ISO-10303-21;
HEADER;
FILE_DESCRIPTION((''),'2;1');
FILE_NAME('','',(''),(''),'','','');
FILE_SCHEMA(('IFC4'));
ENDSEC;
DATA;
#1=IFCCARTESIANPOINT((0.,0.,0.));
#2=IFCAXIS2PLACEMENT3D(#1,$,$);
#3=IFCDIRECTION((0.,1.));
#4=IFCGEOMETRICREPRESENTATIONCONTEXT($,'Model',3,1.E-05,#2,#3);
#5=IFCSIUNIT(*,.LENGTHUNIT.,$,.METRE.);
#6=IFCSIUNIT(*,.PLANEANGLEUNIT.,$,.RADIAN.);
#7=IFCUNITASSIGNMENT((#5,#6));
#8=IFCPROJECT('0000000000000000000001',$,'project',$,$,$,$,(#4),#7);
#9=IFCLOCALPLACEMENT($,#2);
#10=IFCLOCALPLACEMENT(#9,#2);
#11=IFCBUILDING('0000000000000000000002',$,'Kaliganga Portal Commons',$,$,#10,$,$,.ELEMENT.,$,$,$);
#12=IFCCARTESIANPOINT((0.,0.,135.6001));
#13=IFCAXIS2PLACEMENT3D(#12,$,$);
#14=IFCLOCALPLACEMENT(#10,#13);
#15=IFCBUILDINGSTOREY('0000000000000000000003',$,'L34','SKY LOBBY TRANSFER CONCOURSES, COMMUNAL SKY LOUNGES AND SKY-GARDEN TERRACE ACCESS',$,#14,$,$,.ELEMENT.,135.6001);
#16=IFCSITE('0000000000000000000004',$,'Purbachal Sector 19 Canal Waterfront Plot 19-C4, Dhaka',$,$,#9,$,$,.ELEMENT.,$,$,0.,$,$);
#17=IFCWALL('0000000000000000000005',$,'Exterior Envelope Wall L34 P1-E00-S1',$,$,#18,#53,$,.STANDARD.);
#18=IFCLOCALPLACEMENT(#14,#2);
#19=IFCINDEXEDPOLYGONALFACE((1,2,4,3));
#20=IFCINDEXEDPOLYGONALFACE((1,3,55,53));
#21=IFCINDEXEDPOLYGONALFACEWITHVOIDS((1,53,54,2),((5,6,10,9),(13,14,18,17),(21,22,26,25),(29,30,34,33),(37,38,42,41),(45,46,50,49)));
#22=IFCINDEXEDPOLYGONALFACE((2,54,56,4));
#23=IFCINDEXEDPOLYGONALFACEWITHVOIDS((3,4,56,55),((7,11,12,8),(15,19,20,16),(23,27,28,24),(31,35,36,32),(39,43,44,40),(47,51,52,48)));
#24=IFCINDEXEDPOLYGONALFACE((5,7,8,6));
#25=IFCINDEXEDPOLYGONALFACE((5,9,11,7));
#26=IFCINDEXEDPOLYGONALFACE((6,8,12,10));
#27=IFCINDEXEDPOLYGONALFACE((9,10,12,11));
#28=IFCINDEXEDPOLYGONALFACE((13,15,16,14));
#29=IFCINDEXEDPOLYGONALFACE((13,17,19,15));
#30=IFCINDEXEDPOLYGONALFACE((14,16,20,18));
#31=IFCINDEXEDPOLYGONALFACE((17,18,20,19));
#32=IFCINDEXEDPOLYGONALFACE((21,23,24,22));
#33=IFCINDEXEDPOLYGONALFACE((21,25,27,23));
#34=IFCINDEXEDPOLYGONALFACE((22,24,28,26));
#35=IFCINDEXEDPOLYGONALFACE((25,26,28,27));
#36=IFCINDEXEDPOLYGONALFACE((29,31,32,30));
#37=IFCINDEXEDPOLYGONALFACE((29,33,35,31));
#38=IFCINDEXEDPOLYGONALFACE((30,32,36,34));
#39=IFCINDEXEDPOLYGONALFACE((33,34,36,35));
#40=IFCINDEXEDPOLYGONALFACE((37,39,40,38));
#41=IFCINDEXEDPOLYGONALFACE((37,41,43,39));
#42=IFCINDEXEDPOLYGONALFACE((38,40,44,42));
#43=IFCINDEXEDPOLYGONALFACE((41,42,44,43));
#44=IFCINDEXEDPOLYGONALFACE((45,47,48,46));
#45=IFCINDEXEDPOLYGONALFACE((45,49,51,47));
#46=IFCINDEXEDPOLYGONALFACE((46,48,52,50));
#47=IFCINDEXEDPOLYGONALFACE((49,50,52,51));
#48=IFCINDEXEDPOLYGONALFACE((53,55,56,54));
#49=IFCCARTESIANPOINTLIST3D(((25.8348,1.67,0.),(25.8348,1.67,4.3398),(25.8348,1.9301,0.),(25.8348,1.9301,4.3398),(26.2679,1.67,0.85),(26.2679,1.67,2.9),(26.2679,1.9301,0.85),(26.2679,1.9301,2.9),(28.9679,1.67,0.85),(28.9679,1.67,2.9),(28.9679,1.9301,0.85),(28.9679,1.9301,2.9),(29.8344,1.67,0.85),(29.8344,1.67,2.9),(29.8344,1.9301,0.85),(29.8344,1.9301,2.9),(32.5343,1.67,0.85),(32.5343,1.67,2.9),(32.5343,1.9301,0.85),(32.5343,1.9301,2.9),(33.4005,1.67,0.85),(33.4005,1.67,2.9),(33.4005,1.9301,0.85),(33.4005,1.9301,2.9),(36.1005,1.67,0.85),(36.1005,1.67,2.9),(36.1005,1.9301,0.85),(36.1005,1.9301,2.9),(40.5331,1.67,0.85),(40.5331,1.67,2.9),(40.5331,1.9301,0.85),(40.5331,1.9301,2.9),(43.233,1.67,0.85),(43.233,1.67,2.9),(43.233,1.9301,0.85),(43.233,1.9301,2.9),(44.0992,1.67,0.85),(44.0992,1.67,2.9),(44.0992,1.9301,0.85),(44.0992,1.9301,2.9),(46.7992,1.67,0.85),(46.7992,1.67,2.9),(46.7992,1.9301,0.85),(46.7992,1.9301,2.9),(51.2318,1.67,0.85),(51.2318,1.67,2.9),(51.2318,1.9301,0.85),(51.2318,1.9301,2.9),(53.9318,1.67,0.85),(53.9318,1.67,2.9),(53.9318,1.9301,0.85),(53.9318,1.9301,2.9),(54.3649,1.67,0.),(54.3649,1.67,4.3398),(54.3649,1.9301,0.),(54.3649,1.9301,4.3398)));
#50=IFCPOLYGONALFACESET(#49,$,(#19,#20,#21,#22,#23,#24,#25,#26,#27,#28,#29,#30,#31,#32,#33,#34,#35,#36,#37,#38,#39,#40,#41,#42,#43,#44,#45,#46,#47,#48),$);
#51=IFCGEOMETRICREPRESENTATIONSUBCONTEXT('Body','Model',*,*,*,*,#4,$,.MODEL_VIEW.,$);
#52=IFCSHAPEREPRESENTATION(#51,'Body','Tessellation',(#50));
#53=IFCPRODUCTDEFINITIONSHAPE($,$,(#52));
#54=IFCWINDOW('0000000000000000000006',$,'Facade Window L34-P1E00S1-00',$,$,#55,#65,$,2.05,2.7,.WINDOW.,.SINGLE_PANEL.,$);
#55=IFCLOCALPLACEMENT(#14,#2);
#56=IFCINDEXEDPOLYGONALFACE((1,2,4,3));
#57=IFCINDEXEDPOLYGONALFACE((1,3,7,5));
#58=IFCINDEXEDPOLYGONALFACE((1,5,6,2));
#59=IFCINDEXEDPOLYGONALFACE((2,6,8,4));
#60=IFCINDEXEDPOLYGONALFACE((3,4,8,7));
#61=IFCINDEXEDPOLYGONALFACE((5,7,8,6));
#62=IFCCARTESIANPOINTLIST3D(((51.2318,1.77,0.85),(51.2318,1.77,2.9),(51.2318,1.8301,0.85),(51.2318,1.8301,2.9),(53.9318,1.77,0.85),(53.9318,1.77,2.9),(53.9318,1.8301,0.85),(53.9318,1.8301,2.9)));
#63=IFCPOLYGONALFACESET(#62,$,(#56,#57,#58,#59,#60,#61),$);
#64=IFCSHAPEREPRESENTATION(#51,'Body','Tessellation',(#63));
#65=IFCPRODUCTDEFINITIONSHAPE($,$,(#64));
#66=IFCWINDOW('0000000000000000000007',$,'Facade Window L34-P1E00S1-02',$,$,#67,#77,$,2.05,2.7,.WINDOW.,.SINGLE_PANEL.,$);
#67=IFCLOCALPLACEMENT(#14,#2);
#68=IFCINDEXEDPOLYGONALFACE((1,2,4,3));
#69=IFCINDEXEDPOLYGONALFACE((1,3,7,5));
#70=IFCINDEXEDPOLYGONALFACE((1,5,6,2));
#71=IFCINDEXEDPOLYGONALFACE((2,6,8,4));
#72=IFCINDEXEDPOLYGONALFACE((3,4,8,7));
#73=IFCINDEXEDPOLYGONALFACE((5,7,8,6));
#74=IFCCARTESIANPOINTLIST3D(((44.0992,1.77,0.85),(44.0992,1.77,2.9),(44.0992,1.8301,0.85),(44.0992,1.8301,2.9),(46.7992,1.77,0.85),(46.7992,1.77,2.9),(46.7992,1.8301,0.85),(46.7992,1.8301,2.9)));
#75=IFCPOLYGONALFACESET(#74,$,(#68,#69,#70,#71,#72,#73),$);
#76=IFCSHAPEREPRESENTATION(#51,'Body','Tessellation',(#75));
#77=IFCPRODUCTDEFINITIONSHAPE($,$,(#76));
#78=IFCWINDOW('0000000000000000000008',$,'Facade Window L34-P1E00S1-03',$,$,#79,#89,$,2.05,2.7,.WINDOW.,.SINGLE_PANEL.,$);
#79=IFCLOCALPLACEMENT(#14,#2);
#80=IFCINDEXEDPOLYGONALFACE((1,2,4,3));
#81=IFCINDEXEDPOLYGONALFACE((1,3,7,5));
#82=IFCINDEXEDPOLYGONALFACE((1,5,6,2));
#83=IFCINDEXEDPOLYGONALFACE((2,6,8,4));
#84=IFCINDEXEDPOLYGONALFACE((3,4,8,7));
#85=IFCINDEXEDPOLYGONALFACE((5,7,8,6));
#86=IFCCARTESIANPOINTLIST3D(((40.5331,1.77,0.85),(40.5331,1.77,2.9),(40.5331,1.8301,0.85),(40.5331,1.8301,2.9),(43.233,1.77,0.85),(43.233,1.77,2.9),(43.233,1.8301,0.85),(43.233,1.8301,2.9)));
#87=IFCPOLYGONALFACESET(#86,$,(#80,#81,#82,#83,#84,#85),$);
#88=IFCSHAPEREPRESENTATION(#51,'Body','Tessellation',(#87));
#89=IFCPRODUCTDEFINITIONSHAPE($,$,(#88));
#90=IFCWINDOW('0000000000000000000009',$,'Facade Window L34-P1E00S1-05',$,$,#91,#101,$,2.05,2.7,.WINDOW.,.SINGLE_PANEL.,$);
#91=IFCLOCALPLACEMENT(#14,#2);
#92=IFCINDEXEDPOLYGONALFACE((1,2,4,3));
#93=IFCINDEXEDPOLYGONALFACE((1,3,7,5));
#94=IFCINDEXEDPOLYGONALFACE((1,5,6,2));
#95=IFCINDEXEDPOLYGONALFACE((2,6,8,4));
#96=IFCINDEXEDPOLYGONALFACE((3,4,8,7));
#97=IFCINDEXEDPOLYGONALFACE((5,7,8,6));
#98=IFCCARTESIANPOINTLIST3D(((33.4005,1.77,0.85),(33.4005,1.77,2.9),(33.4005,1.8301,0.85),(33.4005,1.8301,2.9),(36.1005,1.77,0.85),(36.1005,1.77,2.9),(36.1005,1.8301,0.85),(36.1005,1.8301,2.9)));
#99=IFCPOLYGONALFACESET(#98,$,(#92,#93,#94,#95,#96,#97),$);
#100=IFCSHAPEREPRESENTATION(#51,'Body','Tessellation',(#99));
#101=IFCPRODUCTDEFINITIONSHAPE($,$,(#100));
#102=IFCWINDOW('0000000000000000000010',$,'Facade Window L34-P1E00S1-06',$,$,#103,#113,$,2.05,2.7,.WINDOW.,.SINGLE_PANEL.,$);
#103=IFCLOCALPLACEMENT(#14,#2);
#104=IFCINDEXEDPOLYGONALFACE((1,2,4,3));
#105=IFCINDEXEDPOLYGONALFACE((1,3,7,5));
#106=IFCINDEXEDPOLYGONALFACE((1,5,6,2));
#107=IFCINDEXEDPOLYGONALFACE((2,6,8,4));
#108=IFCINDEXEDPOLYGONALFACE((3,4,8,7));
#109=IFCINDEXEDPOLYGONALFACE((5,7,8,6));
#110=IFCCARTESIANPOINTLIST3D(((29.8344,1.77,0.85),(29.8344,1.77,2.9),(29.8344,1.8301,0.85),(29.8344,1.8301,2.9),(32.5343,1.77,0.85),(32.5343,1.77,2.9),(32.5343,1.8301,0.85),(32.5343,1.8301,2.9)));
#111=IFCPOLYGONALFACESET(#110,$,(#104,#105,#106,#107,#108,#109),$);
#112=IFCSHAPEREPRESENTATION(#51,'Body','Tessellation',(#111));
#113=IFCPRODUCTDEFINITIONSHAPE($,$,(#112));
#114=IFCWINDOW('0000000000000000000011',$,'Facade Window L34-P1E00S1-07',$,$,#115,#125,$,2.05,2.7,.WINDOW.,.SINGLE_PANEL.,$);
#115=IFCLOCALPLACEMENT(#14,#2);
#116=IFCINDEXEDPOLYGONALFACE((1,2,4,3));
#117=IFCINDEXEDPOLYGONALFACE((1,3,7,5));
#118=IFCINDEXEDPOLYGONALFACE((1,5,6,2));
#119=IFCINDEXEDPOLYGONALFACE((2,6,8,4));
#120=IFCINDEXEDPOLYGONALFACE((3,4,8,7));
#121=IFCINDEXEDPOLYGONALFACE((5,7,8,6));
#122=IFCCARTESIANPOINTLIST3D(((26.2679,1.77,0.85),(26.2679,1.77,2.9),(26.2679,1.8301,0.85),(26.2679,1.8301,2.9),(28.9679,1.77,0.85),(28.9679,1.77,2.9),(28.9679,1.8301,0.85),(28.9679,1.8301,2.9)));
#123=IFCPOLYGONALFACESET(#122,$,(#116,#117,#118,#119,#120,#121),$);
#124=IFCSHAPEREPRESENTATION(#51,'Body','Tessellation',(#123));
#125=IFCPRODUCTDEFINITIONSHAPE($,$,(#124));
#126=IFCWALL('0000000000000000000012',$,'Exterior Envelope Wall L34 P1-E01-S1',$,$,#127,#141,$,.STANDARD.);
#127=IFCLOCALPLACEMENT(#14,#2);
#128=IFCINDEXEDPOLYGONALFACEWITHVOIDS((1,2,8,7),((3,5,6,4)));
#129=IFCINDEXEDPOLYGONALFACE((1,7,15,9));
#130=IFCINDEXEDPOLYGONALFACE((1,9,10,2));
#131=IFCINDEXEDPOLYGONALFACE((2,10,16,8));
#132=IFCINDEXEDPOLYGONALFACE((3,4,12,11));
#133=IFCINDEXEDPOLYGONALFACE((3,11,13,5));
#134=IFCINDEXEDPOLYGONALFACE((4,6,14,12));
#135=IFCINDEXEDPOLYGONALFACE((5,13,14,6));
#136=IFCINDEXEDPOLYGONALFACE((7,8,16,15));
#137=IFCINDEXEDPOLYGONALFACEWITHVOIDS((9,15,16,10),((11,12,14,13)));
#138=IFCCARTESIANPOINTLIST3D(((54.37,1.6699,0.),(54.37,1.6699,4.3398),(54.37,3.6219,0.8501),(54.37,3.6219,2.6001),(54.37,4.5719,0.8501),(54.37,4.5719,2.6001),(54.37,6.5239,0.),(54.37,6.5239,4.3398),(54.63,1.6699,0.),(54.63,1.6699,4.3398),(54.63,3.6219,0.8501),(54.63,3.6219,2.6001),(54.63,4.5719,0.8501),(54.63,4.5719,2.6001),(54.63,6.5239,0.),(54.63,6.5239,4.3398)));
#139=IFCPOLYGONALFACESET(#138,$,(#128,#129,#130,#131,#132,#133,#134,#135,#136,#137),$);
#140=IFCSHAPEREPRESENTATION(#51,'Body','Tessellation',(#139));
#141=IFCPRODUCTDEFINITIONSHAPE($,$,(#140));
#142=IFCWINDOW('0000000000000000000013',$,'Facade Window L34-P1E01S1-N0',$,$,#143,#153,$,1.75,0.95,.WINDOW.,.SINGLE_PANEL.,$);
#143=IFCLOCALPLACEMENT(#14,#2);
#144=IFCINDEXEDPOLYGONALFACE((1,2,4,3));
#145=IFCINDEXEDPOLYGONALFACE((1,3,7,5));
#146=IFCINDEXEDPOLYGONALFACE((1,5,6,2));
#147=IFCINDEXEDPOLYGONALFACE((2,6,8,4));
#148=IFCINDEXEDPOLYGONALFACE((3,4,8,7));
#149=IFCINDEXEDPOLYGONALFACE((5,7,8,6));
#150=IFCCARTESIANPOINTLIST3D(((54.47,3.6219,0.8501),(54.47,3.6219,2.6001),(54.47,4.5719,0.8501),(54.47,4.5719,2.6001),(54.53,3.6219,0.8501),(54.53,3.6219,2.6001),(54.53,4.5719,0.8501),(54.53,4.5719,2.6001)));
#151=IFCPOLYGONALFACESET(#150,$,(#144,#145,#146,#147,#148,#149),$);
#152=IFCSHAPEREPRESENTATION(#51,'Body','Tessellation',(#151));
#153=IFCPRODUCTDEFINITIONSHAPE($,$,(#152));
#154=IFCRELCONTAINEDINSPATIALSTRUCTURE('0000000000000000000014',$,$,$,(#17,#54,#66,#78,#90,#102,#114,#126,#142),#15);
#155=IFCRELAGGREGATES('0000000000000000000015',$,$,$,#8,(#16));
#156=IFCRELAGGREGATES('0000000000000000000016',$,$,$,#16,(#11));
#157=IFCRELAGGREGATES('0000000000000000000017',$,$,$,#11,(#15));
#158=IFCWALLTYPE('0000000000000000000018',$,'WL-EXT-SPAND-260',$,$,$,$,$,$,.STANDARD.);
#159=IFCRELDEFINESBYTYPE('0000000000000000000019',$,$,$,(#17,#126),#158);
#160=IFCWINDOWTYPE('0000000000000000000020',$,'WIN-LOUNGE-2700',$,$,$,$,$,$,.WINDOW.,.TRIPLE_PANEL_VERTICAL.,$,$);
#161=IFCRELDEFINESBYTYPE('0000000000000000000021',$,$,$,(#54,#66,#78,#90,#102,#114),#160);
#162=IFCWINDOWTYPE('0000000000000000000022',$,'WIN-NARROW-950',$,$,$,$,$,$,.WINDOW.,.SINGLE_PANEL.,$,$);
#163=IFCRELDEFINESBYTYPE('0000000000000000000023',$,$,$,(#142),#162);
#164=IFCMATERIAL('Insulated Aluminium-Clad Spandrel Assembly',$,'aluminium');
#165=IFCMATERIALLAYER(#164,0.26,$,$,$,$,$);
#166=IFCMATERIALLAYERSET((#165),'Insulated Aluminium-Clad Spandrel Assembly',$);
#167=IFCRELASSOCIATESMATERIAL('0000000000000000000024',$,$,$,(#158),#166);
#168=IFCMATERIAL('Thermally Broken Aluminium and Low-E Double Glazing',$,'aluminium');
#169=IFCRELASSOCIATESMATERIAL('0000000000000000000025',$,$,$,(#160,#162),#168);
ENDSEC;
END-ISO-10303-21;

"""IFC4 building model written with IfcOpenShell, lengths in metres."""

from ifc_helpers import new_model, si_unit, direction, frame, frame_2d, origin, place, context, subcontext, project, spatial, rectangle, extrude, material, layer, layer_set, type_object, element, fill, save


model = new_model("IFC4")

# Units and contexts
model_context = context("Model", 3, precision=1e-05, world=origin(), true_north=direction((0.0, 1.0)))
body_context = subcontext(model_context, "Body", "Model", "MODEL_VIEW")
ifc_project = project(units=[si_unit("LENGTHUNIT", "METRE"), si_unit("PLANEANGLEUNIT", "RADIAN")], contexts=[model_context])

# Site, building, storey
site_placement = place(None, origin())
site = spatial("IfcSite", under=ifc_project, at=site_placement, Name="Purbachal Sector 19 Canal Waterfront Plot 19-C4, Dhaka", CompositionType="ELEMENT", RefElevation=0.0)
building_placement = place(site_placement, origin())
building = spatial("IfcBuilding", under=site, at=building_placement, Name="Kaliganga Portal Commons", CompositionType="ELEMENT")
storey_placement = place(building_placement, frame((0.0, 0.0, 135.6001)))
storey = spatial("IfcBuildingStorey", under=building, at=storey_placement, Name="L34", Description="SKY LOBBY TRANSFER CONCOURSES, COMMUNAL SKY LOUNGES AND SKY-GARDEN TERRACE ACCESS", CompositionType="ELEMENT", Elevation=135.6001)

# Wall, openings, windows
ifc_material_1 = material(Name="Insulated Aluminium-Clad Spandrel Assembly", Category="aluminium")
ifc_layer_1 = layer(ifc_material_1, 0.26)
ifc_layer_set_1 = layer_set([ifc_layer_1], Name="Insulated Aluminium-Clad Spandrel Assembly")
wall_type_1 = type_object("IfcWallType", Name="WL-EXT-SPAND-260", PredefinedType="STANDARD", material=ifc_layer_set_1)
wall_1_placement = place(storey_placement, frame((54.365, 1.8, 0.0), z_axis=(0.0, 0.0, 1.0), x_axis=(-1.0, 0.0, 0.0)))
wall_1 = element("IfcWall", 1, at=wall_1_placement, inside=storey, type_object=wall_type_1, Name="Exterior Envelope Wall L34 P1-E00-S1", PredefinedType="STANDARD", context=body_context, shape_type="SweptSolid", body=[
    extrude(rectangle(XDim=28.53, YDim=0.26, at=frame_2d((14.2651, 0.0))), origin(), (0.0, 0.0, 1.0), 4.3398),
])
opening_1_placement = place(wall_1_placement, frame((0.4331, 0.0, 0.8501)))
opening_1 = element("IfcOpeningElement", 2, at=opening_1_placement, cuts=wall_1, PredefinedType="OPENING", context=body_context, shape_type="SweptSolid", body=[
    extrude(rectangle(XDim=2.7, YDim=2.05, at=frame_2d((1.3501, 1.0249))), frame((0.0, 0.1401, 0.0), z_axis=(0.0, -1.0, 0.0), x_axis=(1.0, 0.0, 0.0)), (0.0, 0.0, 1.0), 0.28),
])
opening_2_placement = place(wall_1_placement, frame((7.5657, 0.0, 0.8501)))
opening_2 = element("IfcOpeningElement", 3, at=opening_2_placement, cuts=wall_1, PredefinedType="OPENING", context=body_context, shape_type="SweptSolid", body=[
    extrude(rectangle(XDim=2.7, YDim=2.05, at=frame_2d((1.3501, 1.0249))), frame((0.0, 0.1401, 0.0), z_axis=(0.0, -1.0, 0.0), x_axis=(1.0, 0.0, 0.0)), (0.0, 0.0, 1.0), 0.28),
])
opening_3_placement = place(wall_1_placement, frame((11.1318, 0.0, 0.8501)))
opening_3 = element("IfcOpeningElement", 4, at=opening_3_placement, cuts=wall_1, PredefinedType="OPENING", context=body_context, shape_type="SweptSolid", body=[
    extrude(rectangle(XDim=2.7, YDim=2.05, at=frame_2d((1.3501, 1.0249))), frame((0.0, 0.1401, 0.0), z_axis=(0.0, -1.0, 0.0), x_axis=(1.0, 0.0, 0.0)), (0.0, 0.0, 1.0), 0.28),
])
opening_4_placement = place(wall_1_placement, frame((18.2644, 0.0, 0.8501)))
opening_4 = element("IfcOpeningElement", 5, at=opening_4_placement, cuts=wall_1, PredefinedType="OPENING", context=body_context, shape_type="SweptSolid", body=[
    extrude(rectangle(XDim=2.7, YDim=2.05, at=frame_2d((1.3501, 1.0249))), frame((0.0, 0.1401, 0.0), z_axis=(0.0, -1.0, 0.0), x_axis=(1.0, 0.0, 0.0)), (0.0, 0.0, 1.0), 0.28),
])
opening_5_placement = place(wall_1_placement, frame((21.8306, 0.0, 0.8501)))
opening_5 = element("IfcOpeningElement", 6, at=opening_5_placement, cuts=wall_1, PredefinedType="OPENING", context=body_context, shape_type="SweptSolid", body=[
    extrude(rectangle(XDim=2.7, YDim=2.05, at=frame_2d((1.3501, 1.0249))), frame((0.0, 0.1401, 0.0), z_axis=(0.0, -1.0, 0.0), x_axis=(1.0, 0.0, 0.0)), (0.0, 0.0, 1.0), 0.28),
])
opening_6_placement = place(wall_1_placement, frame((25.397, 0.0, 0.8501)))
opening_6 = element("IfcOpeningElement", 7, at=opening_6_placement, cuts=wall_1, PredefinedType="OPENING", context=body_context, shape_type="SweptSolid", body=[
    extrude(rectangle(XDim=2.7, YDim=2.05, at=frame_2d((1.3501, 1.0249))), frame((0.0, 0.1401, 0.0), z_axis=(0.0, -1.0, 0.0), x_axis=(1.0, 0.0, 0.0)), (0.0, 0.0, 1.0), 0.28),
])
ifc_material_2 = material(Name="Thermally Broken Aluminium and Low-E Double Glazing", Category="aluminium")
window_type_1 = type_object("IfcWindowType", Name="WIN-LOUNGE-2700", PartitioningType="TRIPLE_PANEL_VERTICAL", PredefinedType="WINDOW", material=ifc_material_2)
window_1_placement = place(opening_1_placement, origin())
window_1 = element("IfcWindow", 8, at=window_1_placement, inside=storey, type_object=window_type_1, Name="Facade Window L34-P1E00S1-00", OverallHeight=2.05, OverallWidth=2.7, PartitioningType="SINGLE_PANEL", PredefinedType="WINDOW", context=body_context, shape_type="SweptSolid", body=[
    extrude(rectangle(XDim=2.7, YDim=2.05, at=frame_2d((1.3501, 1.0249))), frame((0.0, 0.03, 0.0), z_axis=(0.0, -1.0, 0.0), x_axis=(1.0, 0.0, 0.0)), (0.0, 0.0, 1.0), 0.0601),
])
fill(opening_1, window_1)
window_2_placement = place(opening_2_placement, origin())
window_2 = element("IfcWindow", 9, at=window_2_placement, inside=storey, type_object=window_type_1, Name="Facade Window L34-P1E00S1-02", OverallHeight=2.05, OverallWidth=2.7, PartitioningType="SINGLE_PANEL", PredefinedType="WINDOW", context=body_context, shape_type="SweptSolid", body=[
    extrude(rectangle(XDim=2.7, YDim=2.05, at=frame_2d((1.3501, 1.0249))), frame((0.0, 0.03, 0.0), z_axis=(0.0, -1.0, 0.0), x_axis=(1.0, 0.0, 0.0)), (0.0, 0.0, 1.0), 0.0601),
])
fill(opening_2, window_2)
window_3_placement = place(opening_3_placement, origin())
window_3 = element("IfcWindow", 10, at=window_3_placement, inside=storey, type_object=window_type_1, Name="Facade Window L34-P1E00S1-03", OverallHeight=2.05, OverallWidth=2.7, PartitioningType="SINGLE_PANEL", PredefinedType="WINDOW", context=body_context, shape_type="SweptSolid", body=[
    extrude(rectangle(XDim=2.7, YDim=2.05, at=frame_2d((1.3501, 1.0249))), frame((0.0, 0.03, 0.0), z_axis=(0.0, -1.0, 0.0), x_axis=(1.0, 0.0, 0.0)), (0.0, 0.0, 1.0), 0.0601),
])
fill(opening_3, window_3)
window_4_placement = place(opening_4_placement, origin())
window_4 = element("IfcWindow", 11, at=window_4_placement, inside=storey, type_object=window_type_1, Name="Facade Window L34-P1E00S1-05", OverallHeight=2.05, OverallWidth=2.7, PartitioningType="SINGLE_PANEL", PredefinedType="WINDOW", context=body_context, shape_type="SweptSolid", body=[
    extrude(rectangle(XDim=2.7, YDim=2.05, at=frame_2d((1.3501, 1.0249))), frame((0.0, 0.03, 0.0), z_axis=(0.0, -1.0, 0.0), x_axis=(1.0, 0.0, 0.0)), (0.0, 0.0, 1.0), 0.0601),
])
fill(opening_4, window_4)
window_5_placement = place(opening_5_placement, origin())
window_5 = element("IfcWindow", 12, at=window_5_placement, inside=storey, type_object=window_type_1, Name="Facade Window L34-P1E00S1-06", OverallHeight=2.05, OverallWidth=2.7, PartitioningType="SINGLE_PANEL", PredefinedType="WINDOW", context=body_context, shape_type="SweptSolid", body=[
    extrude(rectangle(XDim=2.7, YDim=2.05, at=frame_2d((1.3501, 1.0249))), frame((0.0, 0.03, 0.0), z_axis=(0.0, -1.0, 0.0), x_axis=(1.0, 0.0, 0.0)), (0.0, 0.0, 1.0), 0.0601),
])
fill(opening_5, window_5)
window_6_placement = place(opening_6_placement, origin())
window_6 = element("IfcWindow", 13, at=window_6_placement, inside=storey, type_object=window_type_1, Name="Facade Window L34-P1E00S1-07", OverallHeight=2.05, OverallWidth=2.7, PartitioningType="SINGLE_PANEL", PredefinedType="WINDOW", context=body_context, shape_type="SweptSolid", body=[
    extrude(rectangle(XDim=2.7, YDim=2.05, at=frame_2d((1.3501, 1.0249))), frame((0.0, 0.03, 0.0), z_axis=(0.0, -1.0, 0.0), x_axis=(1.0, 0.0, 0.0)), (0.0, 0.0, 1.0), 0.0601),
])
fill(opening_6, window_6)

# Wall, opening, window
wall_2_placement = place(storey_placement, frame((54.5, 6.5239, 0.0), z_axis=(0.0, 0.0, 1.0), x_axis=(0.0, -1.0, 0.0)))
wall_2 = element("IfcWall", 14, at=wall_2_placement, inside=storey, type_object=wall_type_1, Name="Exterior Envelope Wall L34 P1-E01-S1", PredefinedType="STANDARD", context=body_context, shape_type="SweptSolid", body=[
    extrude(rectangle(XDim=4.854, YDim=0.26, at=frame_2d((2.427, 0.0))), origin(), (0.0, 0.0, 1.0), 4.3398),
])
opening_7_placement = place(wall_2_placement, frame((1.9519, 0.0, 0.8501)))
opening_7 = element("IfcOpeningElement", 15, at=opening_7_placement, cuts=wall_2, PredefinedType="OPENING", context=body_context, shape_type="SweptSolid", body=[
    extrude(rectangle(XDim=0.95, YDim=1.75, at=frame_2d((0.4751, 0.875))), frame((0.0, 0.1401, 0.0), z_axis=(0.0, -1.0, 0.0), x_axis=(1.0, 0.0, 0.0)), (0.0, 0.0, 1.0), 0.28),
])
window_type_2 = type_object("IfcWindowType", Name="WIN-NARROW-950", PartitioningType="SINGLE_PANEL", PredefinedType="WINDOW", material=ifc_material_2)
window_7_placement = place(opening_7_placement, origin())
window_7 = element("IfcWindow", 16, at=window_7_placement, inside=storey, type_object=window_type_2, Name="Facade Window L34-P1E01S1-N0", OverallHeight=1.75, OverallWidth=0.95, PartitioningType="SINGLE_PANEL", PredefinedType="WINDOW", context=body_context, shape_type="SweptSolid", body=[
    extrude(rectangle(XDim=0.95, YDim=1.75, at=frame_2d((0.4751, 0.875))), frame((0.0, 0.03, 0.0), z_axis=(0.0, -1.0, 0.0), x_axis=(1.0, 0.0, 0.0)), (0.0, 0.0, 1.0), 0.0601),
])
fill(opening_7, window_7)

save(model, "model.ifc")
